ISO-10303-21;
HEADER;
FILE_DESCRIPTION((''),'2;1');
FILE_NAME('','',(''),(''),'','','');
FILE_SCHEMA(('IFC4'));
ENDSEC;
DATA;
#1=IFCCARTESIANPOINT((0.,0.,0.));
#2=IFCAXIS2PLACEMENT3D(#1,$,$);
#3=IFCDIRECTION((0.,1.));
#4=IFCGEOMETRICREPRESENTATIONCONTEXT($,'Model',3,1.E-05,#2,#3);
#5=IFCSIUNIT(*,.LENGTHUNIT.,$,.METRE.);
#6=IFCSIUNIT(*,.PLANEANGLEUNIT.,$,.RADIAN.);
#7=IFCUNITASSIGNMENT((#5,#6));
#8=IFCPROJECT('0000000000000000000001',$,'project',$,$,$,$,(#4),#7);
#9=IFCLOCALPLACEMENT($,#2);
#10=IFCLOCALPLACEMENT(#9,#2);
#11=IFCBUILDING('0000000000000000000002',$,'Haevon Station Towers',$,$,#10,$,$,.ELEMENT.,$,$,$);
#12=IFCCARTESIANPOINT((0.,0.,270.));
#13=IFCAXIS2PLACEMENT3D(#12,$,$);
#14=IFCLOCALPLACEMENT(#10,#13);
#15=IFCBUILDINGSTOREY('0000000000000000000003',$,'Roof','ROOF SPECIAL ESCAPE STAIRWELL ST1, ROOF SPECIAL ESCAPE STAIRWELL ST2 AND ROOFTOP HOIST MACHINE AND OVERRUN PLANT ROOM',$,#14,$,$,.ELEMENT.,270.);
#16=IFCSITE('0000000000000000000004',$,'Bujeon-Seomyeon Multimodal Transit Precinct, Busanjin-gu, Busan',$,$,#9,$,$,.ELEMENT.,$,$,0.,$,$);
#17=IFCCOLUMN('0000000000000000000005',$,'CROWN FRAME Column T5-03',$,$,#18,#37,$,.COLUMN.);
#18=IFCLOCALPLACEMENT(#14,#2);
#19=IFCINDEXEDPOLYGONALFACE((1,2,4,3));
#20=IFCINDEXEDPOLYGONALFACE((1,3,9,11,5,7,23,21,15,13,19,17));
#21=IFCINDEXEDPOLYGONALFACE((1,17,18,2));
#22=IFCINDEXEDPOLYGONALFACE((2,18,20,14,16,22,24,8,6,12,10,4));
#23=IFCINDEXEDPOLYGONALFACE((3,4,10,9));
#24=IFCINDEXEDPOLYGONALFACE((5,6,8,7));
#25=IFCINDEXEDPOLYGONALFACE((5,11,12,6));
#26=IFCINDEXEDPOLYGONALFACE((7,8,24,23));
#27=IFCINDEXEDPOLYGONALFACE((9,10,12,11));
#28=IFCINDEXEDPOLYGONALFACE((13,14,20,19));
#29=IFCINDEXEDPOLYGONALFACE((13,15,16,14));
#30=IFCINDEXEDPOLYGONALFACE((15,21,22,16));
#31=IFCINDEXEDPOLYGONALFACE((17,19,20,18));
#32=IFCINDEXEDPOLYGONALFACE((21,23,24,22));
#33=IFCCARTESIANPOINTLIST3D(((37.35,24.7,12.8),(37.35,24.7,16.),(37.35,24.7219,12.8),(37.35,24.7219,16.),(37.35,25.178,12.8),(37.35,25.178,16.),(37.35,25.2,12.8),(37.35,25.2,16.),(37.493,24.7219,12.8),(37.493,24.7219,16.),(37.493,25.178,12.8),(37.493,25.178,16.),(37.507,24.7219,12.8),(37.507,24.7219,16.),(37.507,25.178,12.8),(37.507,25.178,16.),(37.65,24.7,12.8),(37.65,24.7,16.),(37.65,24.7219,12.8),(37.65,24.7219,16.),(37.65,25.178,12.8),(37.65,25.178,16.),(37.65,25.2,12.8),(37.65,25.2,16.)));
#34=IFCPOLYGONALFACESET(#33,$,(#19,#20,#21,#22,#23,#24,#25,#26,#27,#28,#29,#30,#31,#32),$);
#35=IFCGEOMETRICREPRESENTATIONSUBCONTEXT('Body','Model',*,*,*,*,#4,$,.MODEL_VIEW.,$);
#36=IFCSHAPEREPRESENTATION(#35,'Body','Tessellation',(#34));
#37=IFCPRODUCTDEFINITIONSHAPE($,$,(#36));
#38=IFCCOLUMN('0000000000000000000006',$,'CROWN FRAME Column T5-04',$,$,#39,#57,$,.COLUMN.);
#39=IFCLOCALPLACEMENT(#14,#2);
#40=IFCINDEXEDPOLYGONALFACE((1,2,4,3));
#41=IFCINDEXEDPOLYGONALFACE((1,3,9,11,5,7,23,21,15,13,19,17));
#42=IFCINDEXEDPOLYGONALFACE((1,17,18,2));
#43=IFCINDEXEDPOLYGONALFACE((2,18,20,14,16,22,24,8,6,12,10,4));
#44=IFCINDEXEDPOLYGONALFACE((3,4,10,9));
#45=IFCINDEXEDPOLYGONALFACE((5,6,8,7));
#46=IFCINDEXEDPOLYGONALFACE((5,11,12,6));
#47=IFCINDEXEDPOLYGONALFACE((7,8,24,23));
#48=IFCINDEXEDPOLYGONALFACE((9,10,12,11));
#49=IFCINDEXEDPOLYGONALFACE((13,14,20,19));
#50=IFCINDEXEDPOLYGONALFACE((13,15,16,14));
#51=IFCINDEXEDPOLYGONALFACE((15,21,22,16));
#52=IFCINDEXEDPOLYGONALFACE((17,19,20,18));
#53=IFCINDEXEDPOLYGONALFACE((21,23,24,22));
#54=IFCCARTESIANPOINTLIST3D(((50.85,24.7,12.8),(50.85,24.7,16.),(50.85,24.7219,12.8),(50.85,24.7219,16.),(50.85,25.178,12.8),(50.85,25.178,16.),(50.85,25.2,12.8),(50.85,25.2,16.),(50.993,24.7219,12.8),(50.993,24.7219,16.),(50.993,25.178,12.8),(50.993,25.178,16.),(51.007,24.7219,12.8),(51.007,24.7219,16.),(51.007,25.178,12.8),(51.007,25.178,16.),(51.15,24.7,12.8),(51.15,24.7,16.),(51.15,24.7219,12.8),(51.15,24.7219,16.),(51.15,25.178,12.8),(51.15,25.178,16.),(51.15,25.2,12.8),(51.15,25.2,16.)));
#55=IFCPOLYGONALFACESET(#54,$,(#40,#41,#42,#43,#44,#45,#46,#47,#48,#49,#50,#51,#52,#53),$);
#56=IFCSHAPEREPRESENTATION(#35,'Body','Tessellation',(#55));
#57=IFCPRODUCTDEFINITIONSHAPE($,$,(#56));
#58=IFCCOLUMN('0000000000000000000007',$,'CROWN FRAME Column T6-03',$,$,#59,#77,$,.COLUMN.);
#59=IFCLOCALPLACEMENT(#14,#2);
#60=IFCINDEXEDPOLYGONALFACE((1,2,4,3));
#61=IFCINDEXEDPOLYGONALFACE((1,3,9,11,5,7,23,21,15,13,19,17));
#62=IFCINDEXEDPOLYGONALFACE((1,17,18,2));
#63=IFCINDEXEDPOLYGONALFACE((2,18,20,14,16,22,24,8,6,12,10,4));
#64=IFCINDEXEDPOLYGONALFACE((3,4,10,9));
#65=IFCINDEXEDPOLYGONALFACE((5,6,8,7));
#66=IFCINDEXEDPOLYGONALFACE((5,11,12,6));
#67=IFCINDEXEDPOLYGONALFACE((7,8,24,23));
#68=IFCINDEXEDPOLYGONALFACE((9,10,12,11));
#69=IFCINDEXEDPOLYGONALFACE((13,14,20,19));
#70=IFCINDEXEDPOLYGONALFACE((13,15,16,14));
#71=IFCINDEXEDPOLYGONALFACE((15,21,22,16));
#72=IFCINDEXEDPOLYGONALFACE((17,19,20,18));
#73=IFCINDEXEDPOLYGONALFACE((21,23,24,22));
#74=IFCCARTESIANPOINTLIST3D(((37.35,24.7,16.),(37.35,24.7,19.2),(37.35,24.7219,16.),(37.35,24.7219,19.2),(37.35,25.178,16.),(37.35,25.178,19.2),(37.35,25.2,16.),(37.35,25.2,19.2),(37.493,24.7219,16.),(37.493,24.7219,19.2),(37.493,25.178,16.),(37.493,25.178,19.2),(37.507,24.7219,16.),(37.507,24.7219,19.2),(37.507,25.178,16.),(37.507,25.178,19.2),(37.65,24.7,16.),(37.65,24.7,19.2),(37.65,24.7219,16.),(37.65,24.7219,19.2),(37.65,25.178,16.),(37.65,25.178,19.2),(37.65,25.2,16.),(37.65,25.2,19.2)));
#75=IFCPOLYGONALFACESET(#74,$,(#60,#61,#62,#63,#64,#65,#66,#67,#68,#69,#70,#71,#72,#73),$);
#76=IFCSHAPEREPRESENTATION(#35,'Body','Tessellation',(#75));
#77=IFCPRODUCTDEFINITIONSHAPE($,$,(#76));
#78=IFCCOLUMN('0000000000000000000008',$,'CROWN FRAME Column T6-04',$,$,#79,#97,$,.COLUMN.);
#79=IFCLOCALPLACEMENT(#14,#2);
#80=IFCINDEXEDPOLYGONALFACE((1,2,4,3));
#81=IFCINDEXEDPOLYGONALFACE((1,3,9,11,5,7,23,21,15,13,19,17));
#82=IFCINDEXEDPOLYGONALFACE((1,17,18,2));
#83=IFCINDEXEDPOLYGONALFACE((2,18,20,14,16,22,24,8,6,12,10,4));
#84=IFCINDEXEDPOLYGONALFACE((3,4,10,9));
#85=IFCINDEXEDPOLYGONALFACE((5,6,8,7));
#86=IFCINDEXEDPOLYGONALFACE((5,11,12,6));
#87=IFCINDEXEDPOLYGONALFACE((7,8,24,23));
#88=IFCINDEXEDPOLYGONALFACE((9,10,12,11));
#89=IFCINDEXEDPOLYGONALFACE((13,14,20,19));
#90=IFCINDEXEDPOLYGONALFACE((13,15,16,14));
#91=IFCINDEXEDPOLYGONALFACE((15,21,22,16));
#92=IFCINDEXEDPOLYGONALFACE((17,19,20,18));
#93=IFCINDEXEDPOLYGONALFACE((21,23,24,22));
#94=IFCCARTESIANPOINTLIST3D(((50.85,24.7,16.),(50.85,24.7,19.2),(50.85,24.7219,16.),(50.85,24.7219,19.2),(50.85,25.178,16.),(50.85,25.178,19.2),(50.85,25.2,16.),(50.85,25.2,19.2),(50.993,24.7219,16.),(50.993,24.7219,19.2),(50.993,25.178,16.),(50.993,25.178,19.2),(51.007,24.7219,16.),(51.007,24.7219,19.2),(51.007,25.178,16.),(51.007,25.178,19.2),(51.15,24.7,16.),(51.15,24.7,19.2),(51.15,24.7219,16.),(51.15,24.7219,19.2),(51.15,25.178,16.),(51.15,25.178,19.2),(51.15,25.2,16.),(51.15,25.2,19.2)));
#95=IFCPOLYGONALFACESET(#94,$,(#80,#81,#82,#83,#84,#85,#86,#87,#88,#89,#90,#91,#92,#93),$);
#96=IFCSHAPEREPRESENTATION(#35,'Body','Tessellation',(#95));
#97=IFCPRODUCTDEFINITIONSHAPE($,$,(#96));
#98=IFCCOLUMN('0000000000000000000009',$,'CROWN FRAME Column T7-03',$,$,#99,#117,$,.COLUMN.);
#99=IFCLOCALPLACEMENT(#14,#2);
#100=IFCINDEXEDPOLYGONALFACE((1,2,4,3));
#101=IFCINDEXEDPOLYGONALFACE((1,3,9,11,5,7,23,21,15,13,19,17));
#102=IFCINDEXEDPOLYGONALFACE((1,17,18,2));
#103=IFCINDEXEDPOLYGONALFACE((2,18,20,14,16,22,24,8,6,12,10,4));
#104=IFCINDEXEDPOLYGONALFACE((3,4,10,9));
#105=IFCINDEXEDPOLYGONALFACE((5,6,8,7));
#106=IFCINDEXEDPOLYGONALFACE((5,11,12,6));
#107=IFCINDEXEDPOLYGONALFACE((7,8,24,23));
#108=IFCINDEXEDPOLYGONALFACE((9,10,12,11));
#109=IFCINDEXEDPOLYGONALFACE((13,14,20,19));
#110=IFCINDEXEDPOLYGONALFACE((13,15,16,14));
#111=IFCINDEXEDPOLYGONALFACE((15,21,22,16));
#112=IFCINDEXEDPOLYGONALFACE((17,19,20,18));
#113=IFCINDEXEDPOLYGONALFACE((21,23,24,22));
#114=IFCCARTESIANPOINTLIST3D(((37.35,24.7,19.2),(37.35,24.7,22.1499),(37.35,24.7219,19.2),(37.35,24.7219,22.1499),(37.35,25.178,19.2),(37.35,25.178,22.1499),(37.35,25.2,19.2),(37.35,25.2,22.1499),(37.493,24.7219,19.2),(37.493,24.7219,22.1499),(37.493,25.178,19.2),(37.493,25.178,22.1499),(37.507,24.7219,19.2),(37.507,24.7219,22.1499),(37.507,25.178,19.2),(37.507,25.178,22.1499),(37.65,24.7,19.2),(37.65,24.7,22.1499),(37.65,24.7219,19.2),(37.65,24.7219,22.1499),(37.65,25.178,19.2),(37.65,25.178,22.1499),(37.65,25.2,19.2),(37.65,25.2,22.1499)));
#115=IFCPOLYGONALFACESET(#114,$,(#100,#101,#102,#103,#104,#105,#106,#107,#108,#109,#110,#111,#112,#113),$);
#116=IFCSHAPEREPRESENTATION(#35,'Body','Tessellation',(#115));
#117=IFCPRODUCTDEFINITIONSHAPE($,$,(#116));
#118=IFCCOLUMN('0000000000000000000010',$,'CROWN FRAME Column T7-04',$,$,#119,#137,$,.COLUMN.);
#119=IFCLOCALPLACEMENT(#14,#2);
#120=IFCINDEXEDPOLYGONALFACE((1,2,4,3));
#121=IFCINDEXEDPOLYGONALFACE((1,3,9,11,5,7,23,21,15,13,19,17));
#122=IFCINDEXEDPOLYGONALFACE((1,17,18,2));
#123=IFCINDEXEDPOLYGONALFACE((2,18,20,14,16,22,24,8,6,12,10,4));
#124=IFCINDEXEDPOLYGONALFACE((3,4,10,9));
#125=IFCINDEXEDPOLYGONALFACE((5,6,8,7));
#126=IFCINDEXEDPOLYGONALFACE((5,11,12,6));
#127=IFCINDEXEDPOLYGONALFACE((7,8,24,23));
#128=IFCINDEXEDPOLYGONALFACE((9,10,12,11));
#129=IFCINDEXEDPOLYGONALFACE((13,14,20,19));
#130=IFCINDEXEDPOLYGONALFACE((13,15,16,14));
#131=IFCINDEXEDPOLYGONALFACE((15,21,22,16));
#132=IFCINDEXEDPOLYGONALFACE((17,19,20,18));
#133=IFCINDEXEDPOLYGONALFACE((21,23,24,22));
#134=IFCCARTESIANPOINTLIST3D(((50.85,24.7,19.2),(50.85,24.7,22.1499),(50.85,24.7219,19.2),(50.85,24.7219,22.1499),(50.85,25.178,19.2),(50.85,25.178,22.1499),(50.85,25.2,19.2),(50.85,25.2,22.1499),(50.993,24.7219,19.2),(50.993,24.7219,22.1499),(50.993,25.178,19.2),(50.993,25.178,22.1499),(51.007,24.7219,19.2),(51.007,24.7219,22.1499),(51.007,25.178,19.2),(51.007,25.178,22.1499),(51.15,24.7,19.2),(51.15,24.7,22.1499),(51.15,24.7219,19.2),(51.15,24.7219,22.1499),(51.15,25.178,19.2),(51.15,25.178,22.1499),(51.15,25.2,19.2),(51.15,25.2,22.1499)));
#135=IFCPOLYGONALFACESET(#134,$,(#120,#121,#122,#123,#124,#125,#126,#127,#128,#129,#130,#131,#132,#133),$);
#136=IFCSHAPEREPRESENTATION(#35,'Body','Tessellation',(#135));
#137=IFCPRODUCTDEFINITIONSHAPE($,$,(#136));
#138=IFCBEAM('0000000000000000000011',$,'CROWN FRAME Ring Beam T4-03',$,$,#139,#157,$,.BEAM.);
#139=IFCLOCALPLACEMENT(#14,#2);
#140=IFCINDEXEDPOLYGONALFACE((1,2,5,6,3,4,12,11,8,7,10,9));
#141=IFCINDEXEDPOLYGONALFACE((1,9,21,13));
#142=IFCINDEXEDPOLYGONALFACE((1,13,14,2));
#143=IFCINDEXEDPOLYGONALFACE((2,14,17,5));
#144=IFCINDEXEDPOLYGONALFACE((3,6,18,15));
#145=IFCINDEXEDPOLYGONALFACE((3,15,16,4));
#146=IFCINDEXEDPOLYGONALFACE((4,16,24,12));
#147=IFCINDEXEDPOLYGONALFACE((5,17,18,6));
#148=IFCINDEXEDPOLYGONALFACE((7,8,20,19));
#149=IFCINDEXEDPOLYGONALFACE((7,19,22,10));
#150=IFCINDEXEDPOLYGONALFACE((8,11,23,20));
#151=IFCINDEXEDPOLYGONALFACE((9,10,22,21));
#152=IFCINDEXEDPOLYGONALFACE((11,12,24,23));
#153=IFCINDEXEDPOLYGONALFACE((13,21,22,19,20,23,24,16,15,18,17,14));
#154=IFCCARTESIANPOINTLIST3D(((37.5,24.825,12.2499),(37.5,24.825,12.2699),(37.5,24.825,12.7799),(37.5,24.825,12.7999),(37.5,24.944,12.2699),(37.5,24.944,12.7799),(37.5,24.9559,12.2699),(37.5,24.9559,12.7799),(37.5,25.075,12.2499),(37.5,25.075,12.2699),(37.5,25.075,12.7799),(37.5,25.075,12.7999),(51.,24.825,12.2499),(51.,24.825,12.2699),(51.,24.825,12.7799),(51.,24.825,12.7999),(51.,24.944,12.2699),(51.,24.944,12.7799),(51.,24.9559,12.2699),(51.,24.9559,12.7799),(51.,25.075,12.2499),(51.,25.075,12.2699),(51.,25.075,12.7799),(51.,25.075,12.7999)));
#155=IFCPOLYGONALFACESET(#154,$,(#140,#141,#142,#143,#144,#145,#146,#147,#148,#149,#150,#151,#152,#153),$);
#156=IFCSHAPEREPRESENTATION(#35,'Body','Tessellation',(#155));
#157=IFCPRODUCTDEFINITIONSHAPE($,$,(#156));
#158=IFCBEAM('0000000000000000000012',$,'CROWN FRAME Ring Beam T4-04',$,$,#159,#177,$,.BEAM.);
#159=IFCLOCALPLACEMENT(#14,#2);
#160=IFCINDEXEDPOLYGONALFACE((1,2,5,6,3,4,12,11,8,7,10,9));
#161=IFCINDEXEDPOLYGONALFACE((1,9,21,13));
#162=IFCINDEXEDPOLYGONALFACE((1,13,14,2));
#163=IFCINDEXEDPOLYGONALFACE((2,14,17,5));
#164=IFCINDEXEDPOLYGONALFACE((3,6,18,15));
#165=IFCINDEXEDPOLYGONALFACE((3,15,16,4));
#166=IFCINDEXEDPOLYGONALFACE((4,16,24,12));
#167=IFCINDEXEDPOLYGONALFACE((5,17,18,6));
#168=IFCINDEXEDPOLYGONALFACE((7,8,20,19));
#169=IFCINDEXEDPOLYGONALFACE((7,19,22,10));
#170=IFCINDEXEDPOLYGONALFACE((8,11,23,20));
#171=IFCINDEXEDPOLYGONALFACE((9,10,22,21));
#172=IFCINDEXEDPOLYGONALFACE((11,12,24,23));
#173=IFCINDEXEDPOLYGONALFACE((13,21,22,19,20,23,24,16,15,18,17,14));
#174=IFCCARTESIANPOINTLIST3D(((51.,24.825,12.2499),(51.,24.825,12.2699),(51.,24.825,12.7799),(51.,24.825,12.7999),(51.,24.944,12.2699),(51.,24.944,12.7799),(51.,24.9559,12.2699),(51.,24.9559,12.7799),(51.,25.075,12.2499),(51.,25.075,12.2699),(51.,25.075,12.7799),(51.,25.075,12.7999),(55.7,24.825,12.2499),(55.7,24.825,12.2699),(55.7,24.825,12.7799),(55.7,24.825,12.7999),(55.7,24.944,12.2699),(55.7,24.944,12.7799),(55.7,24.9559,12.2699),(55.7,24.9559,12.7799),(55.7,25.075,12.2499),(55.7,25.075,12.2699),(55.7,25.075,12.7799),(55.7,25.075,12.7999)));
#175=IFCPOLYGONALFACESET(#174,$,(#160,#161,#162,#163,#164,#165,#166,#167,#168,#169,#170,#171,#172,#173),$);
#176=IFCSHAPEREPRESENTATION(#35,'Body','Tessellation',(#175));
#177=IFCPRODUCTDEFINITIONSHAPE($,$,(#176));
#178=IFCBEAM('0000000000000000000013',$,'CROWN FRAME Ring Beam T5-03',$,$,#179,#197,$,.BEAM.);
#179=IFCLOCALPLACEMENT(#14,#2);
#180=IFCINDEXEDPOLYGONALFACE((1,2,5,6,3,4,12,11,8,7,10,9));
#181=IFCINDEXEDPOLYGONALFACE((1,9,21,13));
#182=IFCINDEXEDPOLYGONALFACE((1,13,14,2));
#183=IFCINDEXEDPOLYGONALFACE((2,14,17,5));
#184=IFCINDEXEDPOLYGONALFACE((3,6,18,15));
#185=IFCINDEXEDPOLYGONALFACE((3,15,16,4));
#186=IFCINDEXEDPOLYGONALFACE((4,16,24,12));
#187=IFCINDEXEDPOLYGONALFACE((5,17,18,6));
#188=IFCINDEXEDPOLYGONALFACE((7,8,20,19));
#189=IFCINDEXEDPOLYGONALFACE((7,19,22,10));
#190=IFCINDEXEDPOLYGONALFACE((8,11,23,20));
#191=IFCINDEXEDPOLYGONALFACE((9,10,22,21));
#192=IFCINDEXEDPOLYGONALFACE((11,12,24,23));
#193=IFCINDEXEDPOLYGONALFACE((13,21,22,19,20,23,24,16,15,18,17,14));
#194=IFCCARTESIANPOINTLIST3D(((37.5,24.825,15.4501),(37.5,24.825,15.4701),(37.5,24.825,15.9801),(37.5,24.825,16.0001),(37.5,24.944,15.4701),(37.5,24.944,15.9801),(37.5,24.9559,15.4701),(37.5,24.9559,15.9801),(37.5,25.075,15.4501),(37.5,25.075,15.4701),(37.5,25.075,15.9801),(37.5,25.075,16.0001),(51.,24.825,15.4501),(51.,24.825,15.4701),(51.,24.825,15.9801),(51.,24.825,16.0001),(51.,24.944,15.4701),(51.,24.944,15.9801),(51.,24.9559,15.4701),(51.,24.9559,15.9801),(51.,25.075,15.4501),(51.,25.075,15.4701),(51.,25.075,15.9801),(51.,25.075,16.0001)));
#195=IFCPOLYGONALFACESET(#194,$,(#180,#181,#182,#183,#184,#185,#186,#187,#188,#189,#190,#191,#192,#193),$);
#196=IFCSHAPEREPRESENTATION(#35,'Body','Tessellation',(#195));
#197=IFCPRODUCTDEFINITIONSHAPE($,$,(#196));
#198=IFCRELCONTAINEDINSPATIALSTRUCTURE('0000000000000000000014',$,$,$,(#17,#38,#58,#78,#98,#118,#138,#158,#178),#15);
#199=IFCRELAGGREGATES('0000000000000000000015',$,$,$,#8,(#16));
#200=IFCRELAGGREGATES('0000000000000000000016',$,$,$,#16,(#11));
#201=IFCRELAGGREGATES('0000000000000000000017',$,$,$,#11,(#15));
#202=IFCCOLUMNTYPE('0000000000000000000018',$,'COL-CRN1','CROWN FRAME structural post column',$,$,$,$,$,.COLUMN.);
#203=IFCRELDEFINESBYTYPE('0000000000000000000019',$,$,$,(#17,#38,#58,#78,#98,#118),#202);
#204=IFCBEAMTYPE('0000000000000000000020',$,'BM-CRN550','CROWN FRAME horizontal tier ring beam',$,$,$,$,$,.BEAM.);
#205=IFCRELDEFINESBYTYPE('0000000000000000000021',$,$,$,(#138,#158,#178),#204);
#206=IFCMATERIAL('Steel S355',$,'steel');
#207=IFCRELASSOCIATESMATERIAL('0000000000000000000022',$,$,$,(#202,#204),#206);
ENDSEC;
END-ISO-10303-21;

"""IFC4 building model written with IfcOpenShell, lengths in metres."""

from ifc_helpers import new_model, si_unit, direction, frame, origin, origin_2d, place, context, subcontext, project, spatial, i_section, extrude, material, material_profile, profile_set, type_object, element, save


model = new_model("IFC4")

# Units and contexts
model_context = context("Model", 3, precision=1e-05, world=origin(), true_north=direction((0.0, 1.0)))
body_context = subcontext(model_context, "Body", "Model", "MODEL_VIEW")
ifc_project = project(units=[si_unit("LENGTHUNIT", "METRE"), si_unit("PLANEANGLEUNIT", "RADIAN")], contexts=[model_context])

# Site, building, storey
site_placement = place(None, origin())
site = spatial("IfcSite", under=ifc_project, at=site_placement, Name="Bujeon-Seomyeon Multimodal Transit Precinct, Busanjin-gu, Busan", CompositionType="ELEMENT", RefElevation=0.0)
building_placement = place(site_placement, origin())
building = spatial("IfcBuilding", under=site, at=building_placement, Name="Haevon Station Towers", CompositionType="ELEMENT")
storey_placement = place(building_placement, frame((0.0, 0.0, 270.0)))
storey = spatial("IfcBuildingStorey", under=building, at=storey_placement, Name="Roof", Description="ROOF SPECIAL ESCAPE STAIRWELL ST1, ROOF SPECIAL ESCAPE STAIRWELL ST2 AND ROOFTOP HOIST MACHINE AND OVERRUN PLANT ROOM", CompositionType="ELEMENT", Elevation=270.0)

# Columns
ifc_material_1 = material(Name="Steel S355", Category="steel")
ifc_material_profile_1 = material_profile(ifc_material_1, i_section(OverallWidth=0.3, OverallDepth=0.5, WebThickness=0.0139, FlangeThickness=0.022, at=origin_2d()), Name="H-500x300x14x22")
ifc_profile_set_1 = profile_set([ifc_material_profile_1], Name="Steel S355")
column_type = type_object("IfcColumnType", Name="COL-CRN1", Description="CROWN FRAME structural post column", PredefinedType="COLUMN", material=ifc_profile_set_1)
for number, where, z_axis, x_axis, name in (
    (1, (37.5, 24.95, 12.8), (0.0, 0.0, 1.0), (1.0, 0.0, 0.0), "CROWN FRAME Column T5-03"),
    (2, (51.0, 24.95, 12.8), (0.0, 0.0, 1.0), (1.0, 0.0, 0.0), "CROWN FRAME Column T5-04"),
    (3, (37.5, 24.95, 16.0), (0.0, 0.0, 1.0), (1.0, 0.0, 0.0), "CROWN FRAME Column T6-03"),
    (4, (51.0, 24.95, 16.0), (0.0, 0.0, 1.0), (1.0, 0.0, 0.0), "CROWN FRAME Column T6-04"),
):
    element("IfcColumn", number, at=place(storey_placement, frame(where, z_axis=z_axis, x_axis=x_axis)), inside=storey, type_object=column_type, Name=name, PredefinedType="COLUMN", context=body_context, shape_type="SweptSolid", body=[
        extrude(i_section(OverallWidth=0.3, OverallDepth=0.5, WebThickness=0.0139, FlangeThickness=0.022, at=origin_2d()), origin(), (0.0, 0.0, 1.0), 3.2),
    ])
for number, where, z_axis, x_axis, name in (
    (5, (37.5, 24.95, 19.2), (0.0, 0.0, 1.0), (1.0, 0.0, 0.0), "CROWN FRAME Column T7-03"),
    (6, (51.0, 24.95, 19.2), (0.0, 0.0, 1.0), (1.0, 0.0, 0.0), "CROWN FRAME Column T7-04"),
):
    element("IfcColumn", number, at=place(storey_placement, frame(where, z_axis=z_axis, x_axis=x_axis)), inside=storey, type_object=column_type, Name=name, PredefinedType="COLUMN", context=body_context, shape_type="SweptSolid", body=[
        extrude(i_section(OverallWidth=0.3, OverallDepth=0.5, WebThickness=0.0139, FlangeThickness=0.022, at=origin_2d()), origin(), (0.0, 0.0, 1.0), 2.95),
    ])

# Beams
ifc_material_profile_2 = material_profile(ifc_material_1, i_section(OverallWidth=0.25, OverallDepth=0.55, WebThickness=0.012, FlangeThickness=0.02, at=origin_2d()), Name="H-550x250x12x20")
ifc_profile_set_2 = profile_set([ifc_material_profile_2], Name="Steel S355")
beam_type = type_object("IfcBeamType", Name="BM-CRN550", Description="CROWN FRAME horizontal tier ring beam", PredefinedType="BEAM", material=ifc_profile_set_2)
beam_1_placement = place(storey_placement, frame((37.5, 24.95, 12.5249), z_axis=(1.0, 0.0, 0.0), x_axis=(0.0, 1.0, 0.0)))
element("IfcBeam", 7, at=beam_1_placement, inside=storey, type_object=beam_type, Name="CROWN FRAME Ring Beam T4-03", PredefinedType="BEAM", context=body_context, shape_type="SweptSolid", body=[
    extrude(i_section(OverallWidth=0.25, OverallDepth=0.55, WebThickness=0.012, FlangeThickness=0.02, at=origin_2d()), origin(), (0.0, 0.0, 1.0), 13.5),
])
beam_2_placement = place(storey_placement, frame((51.0, 24.95, 12.5249), z_axis=(1.0, 0.0, 0.0), x_axis=(0.0, 1.0, 0.0)))
element("IfcBeam", 8, at=beam_2_placement, inside=storey, type_object=beam_type, Name="CROWN FRAME Ring Beam T4-04", PredefinedType="BEAM", context=body_context, shape_type="SweptSolid", body=[
    extrude(i_section(OverallWidth=0.25, OverallDepth=0.55, WebThickness=0.012, FlangeThickness=0.02, at=origin_2d()), origin(), (0.0, 0.0, 1.0), 4.7),
])
beam_3_placement = place(storey_placement, frame((37.5, 24.95, 15.7251), z_axis=(1.0, 0.0, 0.0), x_axis=(0.0, 1.0, 0.0)))
element("IfcBeam", 9, at=beam_3_placement, inside=storey, type_object=beam_type, Name="CROWN FRAME Ring Beam T5-03", PredefinedType="BEAM", context=body_context, shape_type="SweptSolid", body=[
    extrude(i_section(OverallWidth=0.25, OverallDepth=0.55, WebThickness=0.012, FlangeThickness=0.02, at=origin_2d()), origin(), (0.0, 0.0, 1.0), 13.5),
])

save(model, "model.ifc")
